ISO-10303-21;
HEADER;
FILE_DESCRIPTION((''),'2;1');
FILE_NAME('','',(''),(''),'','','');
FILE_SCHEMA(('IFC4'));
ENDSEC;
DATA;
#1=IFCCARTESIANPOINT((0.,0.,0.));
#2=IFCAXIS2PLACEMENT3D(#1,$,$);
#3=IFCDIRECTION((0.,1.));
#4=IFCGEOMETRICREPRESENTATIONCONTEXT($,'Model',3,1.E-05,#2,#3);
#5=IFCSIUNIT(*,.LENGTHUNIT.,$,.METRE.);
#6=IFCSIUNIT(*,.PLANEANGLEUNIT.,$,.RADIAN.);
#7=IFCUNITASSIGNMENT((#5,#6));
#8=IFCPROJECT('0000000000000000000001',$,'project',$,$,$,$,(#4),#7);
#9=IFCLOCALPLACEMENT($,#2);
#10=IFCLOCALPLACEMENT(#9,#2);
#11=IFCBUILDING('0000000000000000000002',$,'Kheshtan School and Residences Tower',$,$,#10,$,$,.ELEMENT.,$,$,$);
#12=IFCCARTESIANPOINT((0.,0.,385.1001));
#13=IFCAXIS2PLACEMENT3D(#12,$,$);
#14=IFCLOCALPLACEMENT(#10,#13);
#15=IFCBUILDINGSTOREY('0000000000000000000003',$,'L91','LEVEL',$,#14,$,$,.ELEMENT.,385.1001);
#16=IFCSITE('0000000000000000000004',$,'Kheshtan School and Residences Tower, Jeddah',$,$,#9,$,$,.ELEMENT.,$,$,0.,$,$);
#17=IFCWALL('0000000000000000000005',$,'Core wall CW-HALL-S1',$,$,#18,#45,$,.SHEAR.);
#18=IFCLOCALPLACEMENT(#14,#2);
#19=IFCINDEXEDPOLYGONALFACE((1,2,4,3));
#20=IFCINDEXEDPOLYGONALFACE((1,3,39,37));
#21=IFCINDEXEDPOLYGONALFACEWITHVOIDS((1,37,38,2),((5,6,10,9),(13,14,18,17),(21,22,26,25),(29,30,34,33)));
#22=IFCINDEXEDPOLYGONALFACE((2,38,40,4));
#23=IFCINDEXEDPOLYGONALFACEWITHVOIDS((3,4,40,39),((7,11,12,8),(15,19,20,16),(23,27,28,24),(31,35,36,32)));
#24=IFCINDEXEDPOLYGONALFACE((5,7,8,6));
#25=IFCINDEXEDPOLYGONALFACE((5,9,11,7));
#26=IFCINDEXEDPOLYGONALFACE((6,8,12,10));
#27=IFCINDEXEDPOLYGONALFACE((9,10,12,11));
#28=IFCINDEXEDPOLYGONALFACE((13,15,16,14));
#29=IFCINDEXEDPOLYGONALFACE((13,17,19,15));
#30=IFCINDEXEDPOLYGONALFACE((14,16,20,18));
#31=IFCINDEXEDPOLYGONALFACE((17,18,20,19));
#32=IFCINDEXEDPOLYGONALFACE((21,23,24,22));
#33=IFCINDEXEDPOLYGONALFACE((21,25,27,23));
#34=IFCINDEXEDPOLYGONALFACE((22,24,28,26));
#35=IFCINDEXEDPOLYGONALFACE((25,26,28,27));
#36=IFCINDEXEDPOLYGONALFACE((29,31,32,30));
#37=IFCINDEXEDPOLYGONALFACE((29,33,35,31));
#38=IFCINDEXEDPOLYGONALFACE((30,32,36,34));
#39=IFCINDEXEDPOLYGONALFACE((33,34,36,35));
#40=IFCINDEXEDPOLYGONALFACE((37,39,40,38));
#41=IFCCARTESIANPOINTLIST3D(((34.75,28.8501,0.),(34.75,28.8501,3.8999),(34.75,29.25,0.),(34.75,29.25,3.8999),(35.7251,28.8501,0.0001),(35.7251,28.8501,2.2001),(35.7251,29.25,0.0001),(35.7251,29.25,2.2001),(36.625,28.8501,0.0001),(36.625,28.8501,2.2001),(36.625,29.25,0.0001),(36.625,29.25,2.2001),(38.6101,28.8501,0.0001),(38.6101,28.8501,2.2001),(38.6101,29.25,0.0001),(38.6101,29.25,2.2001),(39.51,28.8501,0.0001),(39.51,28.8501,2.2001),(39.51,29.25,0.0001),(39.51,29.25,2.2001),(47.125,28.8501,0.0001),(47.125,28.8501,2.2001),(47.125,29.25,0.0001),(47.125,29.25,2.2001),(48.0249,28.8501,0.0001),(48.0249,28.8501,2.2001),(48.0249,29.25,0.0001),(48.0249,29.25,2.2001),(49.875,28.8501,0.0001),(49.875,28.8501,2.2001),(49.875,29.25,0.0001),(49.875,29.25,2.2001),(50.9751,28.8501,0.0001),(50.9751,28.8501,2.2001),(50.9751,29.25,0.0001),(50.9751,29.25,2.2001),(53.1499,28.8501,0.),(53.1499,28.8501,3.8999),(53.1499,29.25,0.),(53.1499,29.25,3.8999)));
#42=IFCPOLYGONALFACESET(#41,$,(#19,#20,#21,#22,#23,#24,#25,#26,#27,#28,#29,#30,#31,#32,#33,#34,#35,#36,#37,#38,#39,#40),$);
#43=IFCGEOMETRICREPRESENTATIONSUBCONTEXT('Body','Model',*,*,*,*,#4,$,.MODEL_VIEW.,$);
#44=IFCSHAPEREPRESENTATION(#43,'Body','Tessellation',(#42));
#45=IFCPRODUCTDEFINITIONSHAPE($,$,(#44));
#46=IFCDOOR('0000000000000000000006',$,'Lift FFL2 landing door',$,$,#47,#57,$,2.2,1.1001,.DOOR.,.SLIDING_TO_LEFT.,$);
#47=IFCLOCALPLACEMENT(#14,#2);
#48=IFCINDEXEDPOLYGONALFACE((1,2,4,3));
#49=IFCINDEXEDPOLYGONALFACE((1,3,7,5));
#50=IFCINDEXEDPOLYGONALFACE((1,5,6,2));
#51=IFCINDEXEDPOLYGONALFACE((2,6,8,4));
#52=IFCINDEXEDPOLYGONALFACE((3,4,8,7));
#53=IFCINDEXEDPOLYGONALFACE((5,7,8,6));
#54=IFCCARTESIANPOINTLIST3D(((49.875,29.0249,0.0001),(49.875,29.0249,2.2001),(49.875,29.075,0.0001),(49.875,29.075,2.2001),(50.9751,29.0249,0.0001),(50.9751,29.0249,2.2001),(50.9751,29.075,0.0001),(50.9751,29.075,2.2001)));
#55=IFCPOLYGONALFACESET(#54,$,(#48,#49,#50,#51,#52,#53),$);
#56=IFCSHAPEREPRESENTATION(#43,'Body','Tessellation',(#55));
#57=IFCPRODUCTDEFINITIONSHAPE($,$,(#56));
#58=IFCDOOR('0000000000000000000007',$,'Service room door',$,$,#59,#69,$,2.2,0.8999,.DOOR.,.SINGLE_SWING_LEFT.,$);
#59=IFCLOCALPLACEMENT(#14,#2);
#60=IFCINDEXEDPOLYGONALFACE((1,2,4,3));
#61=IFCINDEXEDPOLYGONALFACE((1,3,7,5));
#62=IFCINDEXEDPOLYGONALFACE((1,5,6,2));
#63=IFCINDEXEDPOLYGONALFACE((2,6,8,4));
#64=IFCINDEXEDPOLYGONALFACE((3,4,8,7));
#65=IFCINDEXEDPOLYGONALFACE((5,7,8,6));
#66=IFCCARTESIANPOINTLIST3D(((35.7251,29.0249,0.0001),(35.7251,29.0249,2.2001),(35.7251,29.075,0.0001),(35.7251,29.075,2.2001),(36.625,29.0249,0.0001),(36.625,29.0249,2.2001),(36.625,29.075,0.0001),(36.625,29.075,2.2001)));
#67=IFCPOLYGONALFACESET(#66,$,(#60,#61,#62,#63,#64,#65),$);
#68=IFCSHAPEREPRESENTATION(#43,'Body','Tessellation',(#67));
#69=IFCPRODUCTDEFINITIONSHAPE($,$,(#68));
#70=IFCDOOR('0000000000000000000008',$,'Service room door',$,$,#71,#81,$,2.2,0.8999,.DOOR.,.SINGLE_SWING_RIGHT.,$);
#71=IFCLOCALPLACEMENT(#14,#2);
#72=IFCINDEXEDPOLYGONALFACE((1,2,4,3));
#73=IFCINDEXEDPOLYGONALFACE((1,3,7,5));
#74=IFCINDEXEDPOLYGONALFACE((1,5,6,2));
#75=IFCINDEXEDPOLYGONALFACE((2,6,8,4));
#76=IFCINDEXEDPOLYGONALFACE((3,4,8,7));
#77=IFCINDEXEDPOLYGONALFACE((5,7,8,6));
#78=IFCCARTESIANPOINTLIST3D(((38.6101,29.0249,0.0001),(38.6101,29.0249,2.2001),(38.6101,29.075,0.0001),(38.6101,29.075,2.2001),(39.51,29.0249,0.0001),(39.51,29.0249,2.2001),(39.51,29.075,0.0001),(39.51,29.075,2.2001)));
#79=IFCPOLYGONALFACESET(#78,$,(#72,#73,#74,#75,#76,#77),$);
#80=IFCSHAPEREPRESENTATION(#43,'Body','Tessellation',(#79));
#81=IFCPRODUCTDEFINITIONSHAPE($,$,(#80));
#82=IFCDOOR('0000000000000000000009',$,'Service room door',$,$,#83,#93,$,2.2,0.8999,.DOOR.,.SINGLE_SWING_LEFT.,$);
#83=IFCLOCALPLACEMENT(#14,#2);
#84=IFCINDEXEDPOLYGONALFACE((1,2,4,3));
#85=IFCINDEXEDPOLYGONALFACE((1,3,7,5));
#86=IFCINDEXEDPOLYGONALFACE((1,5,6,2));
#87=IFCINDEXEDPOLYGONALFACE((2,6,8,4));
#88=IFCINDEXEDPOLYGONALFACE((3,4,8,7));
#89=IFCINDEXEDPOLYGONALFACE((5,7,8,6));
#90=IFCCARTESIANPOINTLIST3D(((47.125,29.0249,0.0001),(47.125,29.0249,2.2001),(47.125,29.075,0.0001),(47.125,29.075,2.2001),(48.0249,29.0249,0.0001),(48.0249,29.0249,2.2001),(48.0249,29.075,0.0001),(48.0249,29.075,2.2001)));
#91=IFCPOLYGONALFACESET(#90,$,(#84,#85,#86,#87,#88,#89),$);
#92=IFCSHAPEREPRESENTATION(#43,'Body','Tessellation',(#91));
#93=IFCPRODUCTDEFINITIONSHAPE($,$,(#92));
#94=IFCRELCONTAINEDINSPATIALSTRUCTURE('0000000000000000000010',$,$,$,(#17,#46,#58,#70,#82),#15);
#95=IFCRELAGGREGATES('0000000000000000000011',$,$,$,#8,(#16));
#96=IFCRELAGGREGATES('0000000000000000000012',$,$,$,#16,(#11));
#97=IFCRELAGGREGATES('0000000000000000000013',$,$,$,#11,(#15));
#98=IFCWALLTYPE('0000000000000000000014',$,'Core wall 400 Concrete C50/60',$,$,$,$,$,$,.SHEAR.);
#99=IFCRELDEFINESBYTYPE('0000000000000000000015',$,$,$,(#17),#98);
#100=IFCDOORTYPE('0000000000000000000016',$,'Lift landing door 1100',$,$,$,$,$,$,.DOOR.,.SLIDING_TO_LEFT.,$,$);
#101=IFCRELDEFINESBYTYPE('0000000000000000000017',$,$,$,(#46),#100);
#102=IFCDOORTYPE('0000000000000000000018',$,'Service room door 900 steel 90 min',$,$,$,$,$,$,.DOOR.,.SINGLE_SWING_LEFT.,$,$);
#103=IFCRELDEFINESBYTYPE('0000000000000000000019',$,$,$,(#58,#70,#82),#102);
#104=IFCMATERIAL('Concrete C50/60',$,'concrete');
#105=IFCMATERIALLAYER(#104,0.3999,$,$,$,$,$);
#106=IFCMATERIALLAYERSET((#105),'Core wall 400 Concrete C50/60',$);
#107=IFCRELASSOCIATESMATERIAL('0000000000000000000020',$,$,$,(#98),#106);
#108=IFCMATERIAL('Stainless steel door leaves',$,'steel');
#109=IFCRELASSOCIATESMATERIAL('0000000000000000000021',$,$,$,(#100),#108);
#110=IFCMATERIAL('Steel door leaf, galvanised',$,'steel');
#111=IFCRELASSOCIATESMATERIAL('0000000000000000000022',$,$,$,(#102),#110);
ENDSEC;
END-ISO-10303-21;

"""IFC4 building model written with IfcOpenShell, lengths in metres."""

from ifc_helpers import new_model, si_unit, direction, frame, frame_2d, origin, place, context, subcontext, project, spatial, rectangle, extrude, source, transform, mapped, material, layer, layer_set, type_object, element, fill, save


model = new_model("IFC4")

# Units and contexts
model_context = context("Model", 3, precision=1e-05, world=origin(), true_north=direction((0.0, 1.0)))
body_context = subcontext(model_context, "Body", "Model", "MODEL_VIEW")
ifc_project = project(units=[si_unit("LENGTHUNIT", "METRE"), si_unit("PLANEANGLEUNIT", "RADIAN")], contexts=[model_context])

# Site, building, storey
site_placement = place(None, origin())
site = spatial("IfcSite", under=ifc_project, at=site_placement, Name="Kheshtan School and Residences Tower, Jeddah", CompositionType="ELEMENT", RefElevation=0.0)
building_placement = place(site_placement, origin())
building = spatial("IfcBuilding", under=site, at=building_placement, Name="Kheshtan School and Residences Tower", CompositionType="ELEMENT")
storey_placement = place(building_placement, frame((0.0, 0.0, 385.1001)))
storey = spatial("IfcBuildingStorey", under=building, at=storey_placement, Name="L91", Description="LEVEL", CompositionType="ELEMENT", Elevation=385.1001)

# Wall, openings, doors
ifc_material_1 = material(Name="Concrete C50/60", Category="concrete")
ifc_layer_1 = layer(ifc_material_1, 0.3999)
ifc_layer_set_1 = layer_set([ifc_layer_1], Name="Core wall 400 Concrete C50/60")
wall_type_1 = type_object("IfcWallType", Name="Core wall 400 Concrete C50/60", PredefinedType="SHEAR", material=ifc_layer_set_1)
wall_1_placement = place(storey_placement, frame((34.75, 29.05, 0.0), z_axis=(0.0, 0.0, 1.0), x_axis=(1.0, 0.0, 0.0)))
wall_1 = element("IfcWall", 1, at=wall_1_placement, inside=storey, type_object=wall_type_1, Name="Core wall CW-HALL-S1", PredefinedType="SHEAR", context=body_context, shape_type="SweptSolid", body=[
    extrude(rectangle(XDim=18.3999, YDim=0.3999, at=frame_2d((9.2, 0.0))), origin(), (0.0, 0.0, 1.0), 3.8999),
])
opening_1_placement = place(wall_1_placement, frame((15.125, 0.0, 0.0)))
opening_1 = element("IfcOpeningElement", 2, at=opening_1_placement, cuts=wall_1, PredefinedType="OPENING", context=body_context, shape_type="SweptSolid", body=[
    extrude(rectangle(XDim=1.1001, YDim=2.2, at=frame_2d((0.55, 1.1001))), frame((0.0, 0.21, 0.0), z_axis=(0.0, -1.0, 0.0), x_axis=(1.0, 0.0, 0.0)), (0.0, 0.0, 1.0), 0.4199),
])
opening_2_placement = place(wall_1_placement, frame((0.9751, 0.0, 0.0)))
opening_2 = element("IfcOpeningElement", 3, at=opening_2_placement, cuts=wall_1, PredefinedType="OPENING", context=body_context, shape_type="SweptSolid", body=[
    extrude(rectangle(XDim=0.8999, YDim=2.2, at=frame_2d((0.45, 1.1001))), frame((0.0, 0.21, 0.0), z_axis=(0.0, -1.0, 0.0), x_axis=(1.0, 0.0, 0.0)), (0.0, 0.0, 1.0), 0.4199),
])
opening_3_placement = place(wall_1_placement, frame((3.8601, 0.0, 0.0)))
opening_3 = element("IfcOpeningElement", 4, at=opening_3_placement, cuts=wall_1, PredefinedType="OPENING", context=body_context, shape_type="SweptSolid", body=[
    extrude(rectangle(XDim=0.8999, YDim=2.2, at=frame_2d((0.45, 1.1001))), frame((0.0, 0.21, 0.0), z_axis=(0.0, -1.0, 0.0), x_axis=(1.0, 0.0, 0.0)), (0.0, 0.0, 1.0), 0.4199),
])
opening_4_placement = place(wall_1_placement, frame((12.375, 0.0, 0.0)))
opening_4 = element("IfcOpeningElement", 5, at=opening_4_placement, cuts=wall_1, PredefinedType="OPENING", context=body_context, shape_type="SweptSolid", body=[
    extrude(rectangle(XDim=0.8999, YDim=2.2, at=frame_2d((0.45, 1.1001))), frame((0.0, 0.21, 0.0), z_axis=(0.0, -1.0, 0.0), x_axis=(1.0, 0.0, 0.0)), (0.0, 0.0, 1.0), 0.4199),
])
ifc_material_2 = material(Name="Stainless steel door leaves", Category="steel")
door_type_1 = type_object("IfcDoorType", Name="Lift landing door 1100", OperationType="SLIDING_TO_LEFT", PredefinedType="DOOR", material=ifc_material_2)
shared_shape_1 = source(origin(), body_context, "Body", "SweptSolid", [
    extrude(rectangle(XDim=1.1001, YDim=2.2, at=frame_2d((0.55, 1.1001))), frame((0.0, 0.0249, 0.0), z_axis=(0.0, -1.0, 0.0), x_axis=(1.0, 0.0, 0.0)), (0.0, 0.0, 1.0), 0.05),
])
door_1_placement = place(opening_1_placement, origin())
door_1 = element("IfcDoor", 6, at=door_1_placement, inside=storey, type_object=door_type_1, Name="Lift FFL2 landing door", OperationType="SLIDING_TO_LEFT", OverallHeight=2.2, OverallWidth=1.1001, PredefinedType="DOOR", context=body_context, shape_type="MappedRepresentation", body=[
    mapped(shared_shape_1, transform((0.0, 0.0, 0.0), x_axis=(1.0, 0.0, 0.0), y_axis=(0.0, 1.0, 0.0), z_axis=(0.0, 0.0, 1.0), scale=1.0)),
])
fill(opening_1, door_1)
ifc_material_3 = material(Name="Steel door leaf, galvanised", Category="steel")
door_type_2 = type_object("IfcDoorType", Name="Service room door 900 steel 90 min", OperationType="SINGLE_SWING_LEFT", PredefinedType="DOOR", material=ifc_material_3)
shared_shape_2 = source(origin(), body_context, "Body", "SweptSolid", [
    extrude(rectangle(XDim=0.8999, YDim=2.2, at=frame_2d((0.45, 1.1001))), frame((0.0, 0.0249, 0.0), z_axis=(0.0, -1.0, 0.0), x_axis=(1.0, 0.0, 0.0)), (0.0, 0.0, 1.0), 0.05),
])
door_2_placement = place(opening_2_placement, origin())
door_2 = element("IfcDoor", 7, at=door_2_placement, inside=storey, type_object=door_type_2, Name="Service room door", OperationType="SINGLE_SWING_LEFT", OverallHeight=2.2, OverallWidth=0.8999, PredefinedType="DOOR", context=body_context, shape_type="MappedRepresentation", body=[
    mapped(shared_shape_2, transform((0.0, 0.0, 0.0), x_axis=(1.0, 0.0, 0.0), y_axis=(0.0, 1.0, 0.0), z_axis=(0.0, 0.0, 1.0), scale=1.0)),
])
fill(opening_2, door_2)
door_3_placement = place(opening_3_placement, origin())
door_3 = element("IfcDoor", 8, at=door_3_placement, inside=storey, type_object=door_type_2, Name="Service room door", OperationType="SINGLE_SWING_RIGHT", OverallHeight=2.2, OverallWidth=0.8999, PredefinedType="DOOR", context=body_context, shape_type="MappedRepresentation", body=[
    mapped(shared_shape_2, transform((0.0, 0.0, 0.0), x_axis=(1.0, 0.0, 0.0), y_axis=(0.0, 1.0, 0.0), z_axis=(0.0, 0.0, 1.0), scale=1.0)),
])
fill(opening_3, door_3)
door_4_placement = place(opening_4_placement, origin())
door_4 = element("IfcDoor", 9, at=door_4_placement, inside=storey, type_object=door_type_2, Name="Service room door", OperationType="SINGLE_SWING_LEFT", OverallHeight=2.2, OverallWidth=0.8999, PredefinedType="DOOR", context=body_context, shape_type="MappedRepresentation", body=[
    mapped(shared_shape_2, transform((0.0, 0.0, 0.0), x_axis=(1.0, 0.0, 0.0), y_axis=(0.0, 1.0, 0.0), z_axis=(0.0, 0.0, 1.0), scale=1.0)),
])
fill(opening_4, door_4)

save(model, "model.ifc")
